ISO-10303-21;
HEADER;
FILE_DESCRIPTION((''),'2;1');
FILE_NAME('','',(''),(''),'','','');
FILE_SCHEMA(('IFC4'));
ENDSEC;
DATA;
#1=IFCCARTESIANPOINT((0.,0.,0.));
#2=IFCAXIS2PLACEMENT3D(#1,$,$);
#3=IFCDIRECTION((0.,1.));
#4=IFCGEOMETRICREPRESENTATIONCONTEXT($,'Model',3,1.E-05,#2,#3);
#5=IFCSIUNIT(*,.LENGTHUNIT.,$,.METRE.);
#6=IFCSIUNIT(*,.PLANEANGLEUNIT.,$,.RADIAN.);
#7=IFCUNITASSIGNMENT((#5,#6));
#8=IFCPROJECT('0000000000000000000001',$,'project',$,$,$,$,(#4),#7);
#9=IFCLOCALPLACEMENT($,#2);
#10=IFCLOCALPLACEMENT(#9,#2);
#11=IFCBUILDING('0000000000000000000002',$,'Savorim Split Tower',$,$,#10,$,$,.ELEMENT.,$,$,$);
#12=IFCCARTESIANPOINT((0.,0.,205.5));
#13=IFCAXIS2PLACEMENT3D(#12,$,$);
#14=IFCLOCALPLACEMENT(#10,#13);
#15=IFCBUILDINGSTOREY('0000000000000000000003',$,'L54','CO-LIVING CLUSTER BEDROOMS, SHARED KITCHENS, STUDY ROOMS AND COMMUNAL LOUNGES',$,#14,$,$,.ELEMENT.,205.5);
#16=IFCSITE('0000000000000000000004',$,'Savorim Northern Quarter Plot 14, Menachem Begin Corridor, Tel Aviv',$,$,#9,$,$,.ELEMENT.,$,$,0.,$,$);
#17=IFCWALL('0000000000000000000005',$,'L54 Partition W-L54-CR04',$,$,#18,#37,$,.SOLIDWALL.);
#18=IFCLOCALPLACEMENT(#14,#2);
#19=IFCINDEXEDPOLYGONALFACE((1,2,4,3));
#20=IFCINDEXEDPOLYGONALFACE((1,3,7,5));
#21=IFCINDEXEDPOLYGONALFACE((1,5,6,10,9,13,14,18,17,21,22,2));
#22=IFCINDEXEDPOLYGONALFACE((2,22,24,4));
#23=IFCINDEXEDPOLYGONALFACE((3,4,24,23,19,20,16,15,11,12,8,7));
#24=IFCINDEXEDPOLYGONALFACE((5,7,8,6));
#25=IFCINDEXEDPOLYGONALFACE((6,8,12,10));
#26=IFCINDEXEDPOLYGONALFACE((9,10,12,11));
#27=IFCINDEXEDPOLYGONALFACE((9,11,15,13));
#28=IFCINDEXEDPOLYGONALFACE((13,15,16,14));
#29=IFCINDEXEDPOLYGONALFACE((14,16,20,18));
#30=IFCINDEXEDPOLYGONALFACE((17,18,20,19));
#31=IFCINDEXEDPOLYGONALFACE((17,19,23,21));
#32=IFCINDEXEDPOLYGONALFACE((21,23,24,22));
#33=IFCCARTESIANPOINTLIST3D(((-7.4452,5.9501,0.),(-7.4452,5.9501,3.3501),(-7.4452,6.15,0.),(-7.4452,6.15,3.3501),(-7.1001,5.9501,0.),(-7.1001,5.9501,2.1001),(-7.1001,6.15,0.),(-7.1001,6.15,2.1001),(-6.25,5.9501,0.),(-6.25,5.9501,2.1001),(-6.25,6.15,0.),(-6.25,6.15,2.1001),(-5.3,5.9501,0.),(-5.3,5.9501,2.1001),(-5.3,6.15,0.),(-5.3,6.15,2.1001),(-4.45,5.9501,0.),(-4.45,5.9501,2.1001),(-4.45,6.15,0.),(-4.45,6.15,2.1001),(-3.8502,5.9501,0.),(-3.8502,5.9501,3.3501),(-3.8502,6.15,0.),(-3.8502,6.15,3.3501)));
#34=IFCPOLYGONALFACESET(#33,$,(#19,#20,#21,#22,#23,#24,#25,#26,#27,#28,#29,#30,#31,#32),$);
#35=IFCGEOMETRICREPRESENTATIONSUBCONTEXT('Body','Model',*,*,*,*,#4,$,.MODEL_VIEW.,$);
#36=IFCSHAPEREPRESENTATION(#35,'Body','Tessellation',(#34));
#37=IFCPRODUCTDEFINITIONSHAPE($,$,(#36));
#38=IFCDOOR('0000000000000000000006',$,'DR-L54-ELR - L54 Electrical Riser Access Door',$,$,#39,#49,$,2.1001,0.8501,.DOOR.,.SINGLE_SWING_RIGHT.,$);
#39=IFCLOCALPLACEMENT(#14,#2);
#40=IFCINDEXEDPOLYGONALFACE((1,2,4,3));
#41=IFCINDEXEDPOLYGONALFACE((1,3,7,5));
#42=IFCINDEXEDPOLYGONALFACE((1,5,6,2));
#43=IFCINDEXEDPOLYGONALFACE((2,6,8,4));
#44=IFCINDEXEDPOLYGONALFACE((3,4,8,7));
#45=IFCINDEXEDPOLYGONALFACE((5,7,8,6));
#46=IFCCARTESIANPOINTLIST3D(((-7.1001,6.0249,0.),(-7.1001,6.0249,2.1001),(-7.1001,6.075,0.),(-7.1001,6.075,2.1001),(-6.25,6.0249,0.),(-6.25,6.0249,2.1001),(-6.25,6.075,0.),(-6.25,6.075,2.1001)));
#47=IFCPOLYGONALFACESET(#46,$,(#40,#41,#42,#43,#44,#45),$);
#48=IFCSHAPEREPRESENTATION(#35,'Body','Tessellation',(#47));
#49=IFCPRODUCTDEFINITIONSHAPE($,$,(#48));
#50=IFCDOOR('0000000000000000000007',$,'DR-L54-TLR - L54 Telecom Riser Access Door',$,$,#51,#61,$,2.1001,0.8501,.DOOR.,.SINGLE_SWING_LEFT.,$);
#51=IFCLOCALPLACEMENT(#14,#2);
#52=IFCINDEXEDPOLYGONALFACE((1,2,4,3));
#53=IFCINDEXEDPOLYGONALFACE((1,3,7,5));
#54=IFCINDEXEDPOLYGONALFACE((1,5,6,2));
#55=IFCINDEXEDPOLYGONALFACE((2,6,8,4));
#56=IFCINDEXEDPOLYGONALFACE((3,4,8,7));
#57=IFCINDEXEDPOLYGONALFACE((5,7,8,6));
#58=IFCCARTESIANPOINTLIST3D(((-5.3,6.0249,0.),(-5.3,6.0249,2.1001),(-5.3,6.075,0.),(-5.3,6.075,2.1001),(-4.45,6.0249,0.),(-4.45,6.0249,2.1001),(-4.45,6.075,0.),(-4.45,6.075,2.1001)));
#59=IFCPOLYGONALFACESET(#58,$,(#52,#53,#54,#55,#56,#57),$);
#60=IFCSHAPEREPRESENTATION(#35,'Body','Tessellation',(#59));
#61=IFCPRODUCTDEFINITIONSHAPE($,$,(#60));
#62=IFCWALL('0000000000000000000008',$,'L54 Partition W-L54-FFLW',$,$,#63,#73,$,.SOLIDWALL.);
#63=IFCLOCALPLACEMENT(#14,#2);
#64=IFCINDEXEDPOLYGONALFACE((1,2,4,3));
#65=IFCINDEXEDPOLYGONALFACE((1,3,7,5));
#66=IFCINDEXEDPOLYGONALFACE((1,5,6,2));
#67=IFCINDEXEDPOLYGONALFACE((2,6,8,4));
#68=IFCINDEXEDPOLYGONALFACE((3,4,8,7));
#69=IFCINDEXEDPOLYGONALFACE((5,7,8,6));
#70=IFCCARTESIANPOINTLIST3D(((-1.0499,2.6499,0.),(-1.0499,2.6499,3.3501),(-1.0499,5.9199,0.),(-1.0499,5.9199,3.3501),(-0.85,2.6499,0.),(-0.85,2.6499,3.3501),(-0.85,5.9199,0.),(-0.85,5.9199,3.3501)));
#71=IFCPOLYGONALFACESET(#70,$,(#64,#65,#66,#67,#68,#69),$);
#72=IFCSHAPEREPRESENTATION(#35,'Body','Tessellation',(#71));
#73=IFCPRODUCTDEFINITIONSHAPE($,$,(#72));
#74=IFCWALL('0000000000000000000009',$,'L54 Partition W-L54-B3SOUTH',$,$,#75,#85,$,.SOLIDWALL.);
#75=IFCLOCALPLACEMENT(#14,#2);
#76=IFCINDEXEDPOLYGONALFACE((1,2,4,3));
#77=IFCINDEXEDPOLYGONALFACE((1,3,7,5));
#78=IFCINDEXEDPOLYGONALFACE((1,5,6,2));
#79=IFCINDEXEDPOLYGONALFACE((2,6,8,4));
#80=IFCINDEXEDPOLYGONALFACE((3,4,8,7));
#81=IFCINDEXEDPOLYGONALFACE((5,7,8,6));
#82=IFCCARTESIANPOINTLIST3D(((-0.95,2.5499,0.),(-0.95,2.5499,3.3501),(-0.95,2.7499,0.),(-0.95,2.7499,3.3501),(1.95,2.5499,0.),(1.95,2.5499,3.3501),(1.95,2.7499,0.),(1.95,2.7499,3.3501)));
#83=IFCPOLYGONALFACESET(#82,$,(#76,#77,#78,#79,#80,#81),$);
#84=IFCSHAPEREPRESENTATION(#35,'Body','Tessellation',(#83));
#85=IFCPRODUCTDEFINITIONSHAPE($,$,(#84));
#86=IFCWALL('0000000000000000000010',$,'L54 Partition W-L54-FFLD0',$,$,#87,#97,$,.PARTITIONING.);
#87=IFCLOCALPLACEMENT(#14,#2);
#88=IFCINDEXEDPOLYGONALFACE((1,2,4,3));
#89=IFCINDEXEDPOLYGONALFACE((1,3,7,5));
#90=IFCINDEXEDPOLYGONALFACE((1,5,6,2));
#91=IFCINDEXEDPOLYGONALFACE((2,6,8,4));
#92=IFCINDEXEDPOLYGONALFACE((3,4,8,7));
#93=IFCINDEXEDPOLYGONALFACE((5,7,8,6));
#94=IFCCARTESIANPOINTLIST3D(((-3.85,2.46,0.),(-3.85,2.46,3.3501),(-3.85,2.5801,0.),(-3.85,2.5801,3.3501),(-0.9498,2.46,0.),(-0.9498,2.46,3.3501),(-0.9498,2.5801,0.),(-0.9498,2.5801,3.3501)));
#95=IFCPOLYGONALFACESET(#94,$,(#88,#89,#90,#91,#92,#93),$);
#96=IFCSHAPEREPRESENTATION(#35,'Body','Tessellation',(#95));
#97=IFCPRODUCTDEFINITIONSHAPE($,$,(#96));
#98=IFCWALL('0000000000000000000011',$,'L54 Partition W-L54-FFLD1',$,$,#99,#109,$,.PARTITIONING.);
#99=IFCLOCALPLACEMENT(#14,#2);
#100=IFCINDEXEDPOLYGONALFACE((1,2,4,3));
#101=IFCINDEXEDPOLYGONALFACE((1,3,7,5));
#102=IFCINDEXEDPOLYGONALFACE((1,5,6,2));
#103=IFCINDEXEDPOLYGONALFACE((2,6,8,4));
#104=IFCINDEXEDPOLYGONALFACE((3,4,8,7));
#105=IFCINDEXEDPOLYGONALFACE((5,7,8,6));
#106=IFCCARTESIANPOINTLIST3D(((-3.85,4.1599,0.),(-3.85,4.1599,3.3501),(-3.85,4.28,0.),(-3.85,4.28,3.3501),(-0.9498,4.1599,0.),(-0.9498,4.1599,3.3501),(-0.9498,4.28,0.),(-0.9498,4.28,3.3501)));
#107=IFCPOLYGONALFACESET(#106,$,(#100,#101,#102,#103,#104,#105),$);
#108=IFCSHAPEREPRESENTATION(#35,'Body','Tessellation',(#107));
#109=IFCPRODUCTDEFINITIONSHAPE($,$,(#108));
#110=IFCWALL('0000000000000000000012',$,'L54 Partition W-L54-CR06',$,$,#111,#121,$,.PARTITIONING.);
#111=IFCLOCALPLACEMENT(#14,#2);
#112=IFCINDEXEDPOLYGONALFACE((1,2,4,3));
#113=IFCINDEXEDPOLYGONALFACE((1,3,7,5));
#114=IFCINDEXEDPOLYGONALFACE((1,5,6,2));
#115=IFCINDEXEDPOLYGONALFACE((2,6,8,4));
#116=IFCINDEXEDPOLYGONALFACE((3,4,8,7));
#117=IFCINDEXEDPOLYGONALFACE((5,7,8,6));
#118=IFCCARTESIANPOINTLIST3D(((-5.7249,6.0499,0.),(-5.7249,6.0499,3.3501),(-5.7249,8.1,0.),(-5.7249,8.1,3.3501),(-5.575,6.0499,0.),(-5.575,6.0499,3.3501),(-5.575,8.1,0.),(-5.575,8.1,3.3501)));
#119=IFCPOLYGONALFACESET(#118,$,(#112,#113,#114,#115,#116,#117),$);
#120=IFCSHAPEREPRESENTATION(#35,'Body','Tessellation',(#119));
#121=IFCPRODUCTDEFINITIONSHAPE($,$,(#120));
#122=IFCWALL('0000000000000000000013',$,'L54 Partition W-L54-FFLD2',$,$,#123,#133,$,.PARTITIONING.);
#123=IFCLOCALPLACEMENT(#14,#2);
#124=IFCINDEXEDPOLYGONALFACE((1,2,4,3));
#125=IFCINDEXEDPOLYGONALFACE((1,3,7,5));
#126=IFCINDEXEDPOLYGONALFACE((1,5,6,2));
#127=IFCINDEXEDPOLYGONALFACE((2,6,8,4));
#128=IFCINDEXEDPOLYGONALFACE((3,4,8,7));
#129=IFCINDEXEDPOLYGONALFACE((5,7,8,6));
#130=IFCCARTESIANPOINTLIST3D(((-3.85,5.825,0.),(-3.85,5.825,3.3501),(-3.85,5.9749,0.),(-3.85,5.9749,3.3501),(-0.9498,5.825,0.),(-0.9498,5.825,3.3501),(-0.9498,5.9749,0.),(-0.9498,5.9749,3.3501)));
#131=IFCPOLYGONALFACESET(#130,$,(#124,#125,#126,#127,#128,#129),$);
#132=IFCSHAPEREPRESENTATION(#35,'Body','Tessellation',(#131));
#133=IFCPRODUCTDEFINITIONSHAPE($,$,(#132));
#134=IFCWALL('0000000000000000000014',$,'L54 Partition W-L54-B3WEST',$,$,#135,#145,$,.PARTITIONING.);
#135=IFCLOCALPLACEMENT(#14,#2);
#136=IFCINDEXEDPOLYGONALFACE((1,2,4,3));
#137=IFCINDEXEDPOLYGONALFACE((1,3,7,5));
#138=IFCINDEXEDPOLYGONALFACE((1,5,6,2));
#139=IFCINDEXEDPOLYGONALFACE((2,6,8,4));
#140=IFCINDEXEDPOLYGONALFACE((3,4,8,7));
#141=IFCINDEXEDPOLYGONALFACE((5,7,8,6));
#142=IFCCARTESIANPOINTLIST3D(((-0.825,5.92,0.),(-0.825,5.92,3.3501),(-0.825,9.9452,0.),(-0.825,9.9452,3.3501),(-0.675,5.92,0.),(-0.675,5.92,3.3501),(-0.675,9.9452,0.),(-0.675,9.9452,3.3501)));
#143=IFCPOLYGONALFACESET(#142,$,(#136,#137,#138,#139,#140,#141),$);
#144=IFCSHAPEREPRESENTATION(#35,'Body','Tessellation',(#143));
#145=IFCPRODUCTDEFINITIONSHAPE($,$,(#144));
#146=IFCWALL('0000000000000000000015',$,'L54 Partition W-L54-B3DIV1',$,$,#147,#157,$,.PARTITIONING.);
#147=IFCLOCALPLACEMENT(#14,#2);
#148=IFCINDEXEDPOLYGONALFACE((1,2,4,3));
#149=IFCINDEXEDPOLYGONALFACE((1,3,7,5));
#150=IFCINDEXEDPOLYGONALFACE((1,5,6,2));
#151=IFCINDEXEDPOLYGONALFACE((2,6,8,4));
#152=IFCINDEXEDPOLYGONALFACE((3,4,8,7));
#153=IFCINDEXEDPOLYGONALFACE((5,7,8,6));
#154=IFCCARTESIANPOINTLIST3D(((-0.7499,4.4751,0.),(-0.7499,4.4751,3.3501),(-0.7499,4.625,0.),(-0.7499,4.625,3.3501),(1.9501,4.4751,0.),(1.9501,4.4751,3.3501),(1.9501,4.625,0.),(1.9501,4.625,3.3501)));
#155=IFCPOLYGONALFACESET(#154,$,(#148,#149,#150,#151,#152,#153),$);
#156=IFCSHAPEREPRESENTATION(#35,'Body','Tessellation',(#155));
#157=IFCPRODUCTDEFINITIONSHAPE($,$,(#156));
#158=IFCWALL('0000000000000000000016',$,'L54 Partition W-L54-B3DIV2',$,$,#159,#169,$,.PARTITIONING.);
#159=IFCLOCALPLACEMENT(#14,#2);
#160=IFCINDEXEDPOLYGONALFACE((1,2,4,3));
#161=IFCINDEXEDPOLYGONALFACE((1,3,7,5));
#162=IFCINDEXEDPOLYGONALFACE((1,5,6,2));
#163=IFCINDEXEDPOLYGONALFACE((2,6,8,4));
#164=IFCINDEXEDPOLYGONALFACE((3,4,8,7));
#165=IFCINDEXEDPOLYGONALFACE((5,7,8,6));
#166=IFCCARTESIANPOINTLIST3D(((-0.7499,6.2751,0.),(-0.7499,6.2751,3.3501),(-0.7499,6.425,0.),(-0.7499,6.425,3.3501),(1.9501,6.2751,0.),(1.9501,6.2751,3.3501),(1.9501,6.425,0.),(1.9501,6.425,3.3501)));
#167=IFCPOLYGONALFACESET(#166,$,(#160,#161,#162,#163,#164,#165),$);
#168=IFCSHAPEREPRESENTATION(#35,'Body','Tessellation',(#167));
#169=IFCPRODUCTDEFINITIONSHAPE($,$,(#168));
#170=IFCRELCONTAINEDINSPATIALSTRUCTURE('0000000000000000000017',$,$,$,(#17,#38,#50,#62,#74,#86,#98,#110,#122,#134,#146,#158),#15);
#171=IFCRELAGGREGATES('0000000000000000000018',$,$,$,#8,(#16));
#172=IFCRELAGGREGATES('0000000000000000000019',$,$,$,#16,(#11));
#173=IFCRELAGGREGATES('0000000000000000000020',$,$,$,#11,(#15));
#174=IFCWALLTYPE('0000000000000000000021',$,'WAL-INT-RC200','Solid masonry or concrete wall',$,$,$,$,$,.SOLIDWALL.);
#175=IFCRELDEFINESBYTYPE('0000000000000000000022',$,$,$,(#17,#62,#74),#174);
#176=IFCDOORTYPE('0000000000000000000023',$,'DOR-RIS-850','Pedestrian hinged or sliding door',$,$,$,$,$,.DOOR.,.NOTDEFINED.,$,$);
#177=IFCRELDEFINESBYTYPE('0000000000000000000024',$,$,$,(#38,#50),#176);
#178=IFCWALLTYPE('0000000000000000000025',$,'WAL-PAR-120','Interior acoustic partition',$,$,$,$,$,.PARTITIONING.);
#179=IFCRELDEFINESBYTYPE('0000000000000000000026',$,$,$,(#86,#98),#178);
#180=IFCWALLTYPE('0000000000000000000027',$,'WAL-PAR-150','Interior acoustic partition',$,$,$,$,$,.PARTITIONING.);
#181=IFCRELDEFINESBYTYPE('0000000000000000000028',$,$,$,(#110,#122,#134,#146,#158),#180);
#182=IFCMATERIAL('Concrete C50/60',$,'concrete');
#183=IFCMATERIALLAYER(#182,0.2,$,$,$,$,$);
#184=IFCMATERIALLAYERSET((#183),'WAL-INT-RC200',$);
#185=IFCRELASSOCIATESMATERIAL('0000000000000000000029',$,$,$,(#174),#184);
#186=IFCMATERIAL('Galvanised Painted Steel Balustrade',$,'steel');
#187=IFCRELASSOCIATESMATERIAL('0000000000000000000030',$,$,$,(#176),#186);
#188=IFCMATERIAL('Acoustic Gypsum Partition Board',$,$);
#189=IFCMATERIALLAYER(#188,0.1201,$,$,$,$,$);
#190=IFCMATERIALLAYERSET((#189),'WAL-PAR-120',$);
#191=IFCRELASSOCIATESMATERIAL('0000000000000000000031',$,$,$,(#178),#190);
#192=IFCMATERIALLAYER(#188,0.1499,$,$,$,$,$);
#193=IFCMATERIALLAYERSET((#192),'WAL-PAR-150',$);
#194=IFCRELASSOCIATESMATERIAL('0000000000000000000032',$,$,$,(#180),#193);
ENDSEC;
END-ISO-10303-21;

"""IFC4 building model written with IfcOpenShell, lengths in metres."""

from ifc_helpers import new_model, si_unit, direction, frame, frame_2d, origin, place, context, subcontext, project, spatial, rectangle, extrude, material, layer, layer_set, type_object, element, fill, save


model = new_model("IFC4")

# Units and contexts
model_context = context("Model", 3, precision=1e-05, world=origin(), true_north=direction((0.0, 1.0)))
body_context = subcontext(model_context, "Body", "Model", "MODEL_VIEW")
ifc_project = project(units=[si_unit("LENGTHUNIT", "METRE"), si_unit("PLANEANGLEUNIT", "RADIAN")], contexts=[model_context])

# Site, building, storey
site_placement = place(None, origin())
site = spatial("IfcSite", under=ifc_project, at=site_placement, Name="Savorim Northern Quarter Plot 14, Menachem Begin Corridor, Tel Aviv", CompositionType="ELEMENT", RefElevation=0.0)
building_placement = place(site_placement, origin())
building = spatial("IfcBuilding", under=site, at=building_placement, Name="Savorim Split Tower", CompositionType="ELEMENT")
storey_placement = place(building_placement, frame((0.0, 0.0, 205.5)))
storey = spatial("IfcBuildingStorey", under=building, at=storey_placement, Name="L54", Description="CO-LIVING CLUSTER BEDROOMS, SHARED KITCHENS, STUDY ROOMS AND COMMUNAL LOUNGES", CompositionType="ELEMENT", Elevation=205.5)

# Wall, openings, doors
ifc_material_1 = material(Name="Concrete C50/60", Category="concrete")
ifc_layer_1 = layer(ifc_material_1, 0.2)
ifc_layer_set_1 = layer_set([ifc_layer_1], Name="WAL-INT-RC200")
wall_type_1 = type_object("IfcWallType", Name="WAL-INT-RC200", Description="Solid masonry or concrete wall", PredefinedType="SOLIDWALL", material=ifc_layer_set_1)
wall_1_placement = place(storey_placement, frame((-7.4451, 6.05, 0.0), z_axis=(0.0, 0.0, 1.0), x_axis=(1.0, 0.0, 0.0)))
wall_1 = element("IfcWall", 1, at=wall_1_placement, inside=storey, type_object=wall_type_1, Name="L54 Partition W-L54-CR04", PredefinedType="SOLIDWALL", context=body_context, shape_type="SweptSolid", body=[
    extrude(rectangle(XDim=3.595, YDim=0.2, at=frame_2d((1.7974, 0.0))), origin(), (0.0, 0.0, 1.0), 3.3501),
])
opening_1_placement = place(wall_1_placement, frame((0.345, 0.0, 0.0)))
opening_1 = element("IfcOpeningElement", 2, at=opening_1_placement, cuts=wall_1, PredefinedType="OPENING", context=body_context, shape_type="SweptSolid", body=[
    extrude(rectangle(XDim=0.8501, YDim=2.1001, at=frame_2d((0.425, 1.05))), frame((0.0, 0.1099, 0.0), z_axis=(0.0, -1.0, 0.0), x_axis=(1.0, 0.0, 0.0)), (0.0, 0.0, 1.0), 0.22),
])
opening_2_placement = place(wall_1_placement, frame((2.145, 0.0, 0.0)))
opening_2 = element("IfcOpeningElement", 3, at=opening_2_placement, cuts=wall_1, PredefinedType="OPENING", context=body_context, shape_type="SweptSolid", body=[
    extrude(rectangle(XDim=0.8501, YDim=2.1001, at=frame_2d((0.425, 1.05))), frame((0.0, 0.1099, 0.0), z_axis=(0.0, -1.0, 0.0), x_axis=(1.0, 0.0, 0.0)), (0.0, 0.0, 1.0), 0.22),
])
ifc_material_2 = material(Name="Galvanised Painted Steel Balustrade", Category="steel")
door_type = type_object("IfcDoorType", Name="DOR-RIS-850", Description="Pedestrian hinged or sliding door", OperationType="NOTDEFINED", PredefinedType="DOOR", material=ifc_material_2)
door_1_placement = place(opening_1_placement, origin())
door_1 = element("IfcDoor", 4, at=door_1_placement, inside=storey, type_object=door_type, Name="DR-L54-ELR - L54 Electrical Riser Access Door", OperationType="SINGLE_SWING_RIGHT", OverallHeight=2.1001, OverallWidth=0.8501, PredefinedType="DOOR", context=body_context, shape_type="SweptSolid", body=[
    extrude(rectangle(XDim=0.8501, YDim=2.1001, at=frame_2d((0.425, 1.05))), frame((0.0, 0.0249, 0.0), z_axis=(0.0, -1.0, 0.0), x_axis=(1.0, 0.0, 0.0)), (0.0, 0.0, 1.0), 0.05),
])
fill(opening_1, door_1)
door_2_placement = place(opening_2_placement, origin())
door_2 = element("IfcDoor", 5, at=door_2_placement, inside=storey, type_object=door_type, Name="DR-L54-TLR - L54 Telecom Riser Access Door", OperationType="SINGLE_SWING_LEFT", OverallHeight=2.1001, OverallWidth=0.8501, PredefinedType="DOOR", context=body_context, shape_type="SweptSolid", body=[
    extrude(rectangle(XDim=0.8501, YDim=2.1001, at=frame_2d((0.425, 1.05))), frame((0.0, 0.0249, 0.0), z_axis=(0.0, -1.0, 0.0), x_axis=(1.0, 0.0, 0.0)), (0.0, 0.0, 1.0), 0.05),
])
fill(opening_2, door_2)

# Walls
wall_2_placement = place(storey_placement, frame((-0.95, 2.6499, 0.0), z_axis=(0.0, 0.0, 1.0), x_axis=(0.0, 1.0, 0.0)))
element("IfcWall", 6, at=wall_2_placement, inside=storey, type_object=wall_type_1, Name="L54 Partition W-L54-FFLW", PredefinedType="SOLIDWALL", context=body_context, shape_type="SweptSolid", body=[
    extrude(rectangle(XDim=3.27, YDim=0.2, at=frame_2d((1.635, 0.0))), origin(), (0.0, 0.0, 1.0), 3.3501),
])
wall_3_placement = place(storey_placement, frame((-0.95, 2.6499, 0.0), z_axis=(0.0, 0.0, 1.0), x_axis=(1.0, 0.0, 0.0)))
element("IfcWall", 7, at=wall_3_placement, inside=storey, type_object=wall_type_1, Name="L54 Partition W-L54-B3SOUTH", PredefinedType="SOLIDWALL", context=body_context, shape_type="SweptSolid", body=[
    extrude(rectangle(XDim=2.8999, YDim=0.2, at=frame_2d((1.45, 0.0))), origin(), (0.0, 0.0, 1.0), 3.3501),
])
ifc_material_3 = material(Name="Acoustic Gypsum Partition Board")
ifc_layer_2 = layer(ifc_material_3, 0.1201)
ifc_layer_set_2 = layer_set([ifc_layer_2], Name="WAL-PAR-120")
wall_type_2 = type_object("IfcWallType", Name="WAL-PAR-120", Description="Interior acoustic partition", PredefinedType="PARTITIONING", material=ifc_layer_set_2)
for number, where, z_axis, x_axis, name in (
    (8, (-3.8501, 2.52, 0.0), (0.0, 0.0, 1.0), (1.0, 0.0, 0.0), "L54 Partition W-L54-FFLD0"),
    (9, (-3.8501, 4.22, 0.0), (0.0, 0.0, 1.0), (1.0, 0.0, 0.0), "L54 Partition W-L54-FFLD1"),
):
    element("IfcWall", number, at=place(storey_placement, frame(where, z_axis=z_axis, x_axis=x_axis)), inside=storey, type_object=wall_type_2, Name=name, PredefinedType="PARTITIONING", context=body_context, shape_type="SweptSolid", body=[
        extrude(rectangle(XDim=2.9001, YDim=0.1201, at=frame_2d((1.4502, 0.0))), origin(), (0.0, 0.0, 1.0), 3.3501),
    ])
ifc_layer_3 = layer(ifc_material_3, 0.1499)
ifc_layer_set_3 = layer_set([ifc_layer_3], Name="WAL-PAR-150")
wall_type_3 = type_object("IfcWallType", Name="WAL-PAR-150", Description="Interior acoustic partition", PredefinedType="PARTITIONING", material=ifc_layer_set_3)
wall_4_placement = place(storey_placement, frame((-5.6499, 6.05, 0.0), z_axis=(0.0, 0.0, 1.0), x_axis=(0.0, 1.0, 0.0)))
element("IfcWall", 10, at=wall_4_placement, inside=storey, type_object=wall_type_3, Name="L54 Partition W-L54-CR06", PredefinedType="PARTITIONING", context=body_context, shape_type="SweptSolid", body=[
    extrude(rectangle(XDim=2.05, YDim=0.1499, at=frame_2d((1.0249, 0.0))), origin(), (0.0, 0.0, 1.0), 3.3501),
])
wall_5_placement = place(storey_placement, frame((-3.8501, 5.8999, 0.0), z_axis=(0.0, 0.0, 1.0), x_axis=(1.0, 0.0, 0.0)))
element("IfcWall", 11, at=wall_5_placement, inside=storey, type_object=wall_type_3, Name="L54 Partition W-L54-FFLD2", PredefinedType="PARTITIONING", context=body_context, shape_type="SweptSolid", body=[
    extrude(rectangle(XDim=2.9001, YDim=0.1499, at=frame_2d((1.4502, 0.0))), origin(), (0.0, 0.0, 1.0), 3.3501),
])
wall_6_placement = place(storey_placement, frame((-0.75, 5.9199, 0.0), z_axis=(0.0, 0.0, 1.0), x_axis=(0.0, 1.0, 0.0)))
element("IfcWall", 12, at=wall_6_placement, inside=storey, type_object=wall_type_3, Name="L54 Partition W-L54-B3WEST", PredefinedType="PARTITIONING", context=body_context, shape_type="SweptSolid", body=[
    extrude(rectangle(XDim=4.0251, YDim=0.1499, at=frame_2d((2.0127, 0.0))), origin(), (0.0, 0.0, 1.0), 3.3501),
])
for number, where, z_axis, x_axis, name in (
    (13, (-0.75, 4.55, 0.0), (0.0, 0.0, 1.0), (1.0, 0.0, 0.0), "L54 Partition W-L54-B3DIV1"),
    (14, (-0.75, 6.3501, 0.0), (0.0, 0.0, 1.0), (1.0, 0.0, 0.0), "L54 Partition W-L54-B3DIV2"),
):
    element("IfcWall", number, at=place(storey_placement, frame(where, z_axis=z_axis, x_axis=x_axis)), inside=storey, type_object=wall_type_3, Name=name, PredefinedType="PARTITIONING", context=body_context, shape_type="SweptSolid", body=[
        extrude(rectangle(XDim=2.7, YDim=0.1499, at=frame_2d((1.3501, 0.0))), origin(), (0.0, 0.0, 1.0), 3.3501),
    ])

save(model, "model.ifc")
